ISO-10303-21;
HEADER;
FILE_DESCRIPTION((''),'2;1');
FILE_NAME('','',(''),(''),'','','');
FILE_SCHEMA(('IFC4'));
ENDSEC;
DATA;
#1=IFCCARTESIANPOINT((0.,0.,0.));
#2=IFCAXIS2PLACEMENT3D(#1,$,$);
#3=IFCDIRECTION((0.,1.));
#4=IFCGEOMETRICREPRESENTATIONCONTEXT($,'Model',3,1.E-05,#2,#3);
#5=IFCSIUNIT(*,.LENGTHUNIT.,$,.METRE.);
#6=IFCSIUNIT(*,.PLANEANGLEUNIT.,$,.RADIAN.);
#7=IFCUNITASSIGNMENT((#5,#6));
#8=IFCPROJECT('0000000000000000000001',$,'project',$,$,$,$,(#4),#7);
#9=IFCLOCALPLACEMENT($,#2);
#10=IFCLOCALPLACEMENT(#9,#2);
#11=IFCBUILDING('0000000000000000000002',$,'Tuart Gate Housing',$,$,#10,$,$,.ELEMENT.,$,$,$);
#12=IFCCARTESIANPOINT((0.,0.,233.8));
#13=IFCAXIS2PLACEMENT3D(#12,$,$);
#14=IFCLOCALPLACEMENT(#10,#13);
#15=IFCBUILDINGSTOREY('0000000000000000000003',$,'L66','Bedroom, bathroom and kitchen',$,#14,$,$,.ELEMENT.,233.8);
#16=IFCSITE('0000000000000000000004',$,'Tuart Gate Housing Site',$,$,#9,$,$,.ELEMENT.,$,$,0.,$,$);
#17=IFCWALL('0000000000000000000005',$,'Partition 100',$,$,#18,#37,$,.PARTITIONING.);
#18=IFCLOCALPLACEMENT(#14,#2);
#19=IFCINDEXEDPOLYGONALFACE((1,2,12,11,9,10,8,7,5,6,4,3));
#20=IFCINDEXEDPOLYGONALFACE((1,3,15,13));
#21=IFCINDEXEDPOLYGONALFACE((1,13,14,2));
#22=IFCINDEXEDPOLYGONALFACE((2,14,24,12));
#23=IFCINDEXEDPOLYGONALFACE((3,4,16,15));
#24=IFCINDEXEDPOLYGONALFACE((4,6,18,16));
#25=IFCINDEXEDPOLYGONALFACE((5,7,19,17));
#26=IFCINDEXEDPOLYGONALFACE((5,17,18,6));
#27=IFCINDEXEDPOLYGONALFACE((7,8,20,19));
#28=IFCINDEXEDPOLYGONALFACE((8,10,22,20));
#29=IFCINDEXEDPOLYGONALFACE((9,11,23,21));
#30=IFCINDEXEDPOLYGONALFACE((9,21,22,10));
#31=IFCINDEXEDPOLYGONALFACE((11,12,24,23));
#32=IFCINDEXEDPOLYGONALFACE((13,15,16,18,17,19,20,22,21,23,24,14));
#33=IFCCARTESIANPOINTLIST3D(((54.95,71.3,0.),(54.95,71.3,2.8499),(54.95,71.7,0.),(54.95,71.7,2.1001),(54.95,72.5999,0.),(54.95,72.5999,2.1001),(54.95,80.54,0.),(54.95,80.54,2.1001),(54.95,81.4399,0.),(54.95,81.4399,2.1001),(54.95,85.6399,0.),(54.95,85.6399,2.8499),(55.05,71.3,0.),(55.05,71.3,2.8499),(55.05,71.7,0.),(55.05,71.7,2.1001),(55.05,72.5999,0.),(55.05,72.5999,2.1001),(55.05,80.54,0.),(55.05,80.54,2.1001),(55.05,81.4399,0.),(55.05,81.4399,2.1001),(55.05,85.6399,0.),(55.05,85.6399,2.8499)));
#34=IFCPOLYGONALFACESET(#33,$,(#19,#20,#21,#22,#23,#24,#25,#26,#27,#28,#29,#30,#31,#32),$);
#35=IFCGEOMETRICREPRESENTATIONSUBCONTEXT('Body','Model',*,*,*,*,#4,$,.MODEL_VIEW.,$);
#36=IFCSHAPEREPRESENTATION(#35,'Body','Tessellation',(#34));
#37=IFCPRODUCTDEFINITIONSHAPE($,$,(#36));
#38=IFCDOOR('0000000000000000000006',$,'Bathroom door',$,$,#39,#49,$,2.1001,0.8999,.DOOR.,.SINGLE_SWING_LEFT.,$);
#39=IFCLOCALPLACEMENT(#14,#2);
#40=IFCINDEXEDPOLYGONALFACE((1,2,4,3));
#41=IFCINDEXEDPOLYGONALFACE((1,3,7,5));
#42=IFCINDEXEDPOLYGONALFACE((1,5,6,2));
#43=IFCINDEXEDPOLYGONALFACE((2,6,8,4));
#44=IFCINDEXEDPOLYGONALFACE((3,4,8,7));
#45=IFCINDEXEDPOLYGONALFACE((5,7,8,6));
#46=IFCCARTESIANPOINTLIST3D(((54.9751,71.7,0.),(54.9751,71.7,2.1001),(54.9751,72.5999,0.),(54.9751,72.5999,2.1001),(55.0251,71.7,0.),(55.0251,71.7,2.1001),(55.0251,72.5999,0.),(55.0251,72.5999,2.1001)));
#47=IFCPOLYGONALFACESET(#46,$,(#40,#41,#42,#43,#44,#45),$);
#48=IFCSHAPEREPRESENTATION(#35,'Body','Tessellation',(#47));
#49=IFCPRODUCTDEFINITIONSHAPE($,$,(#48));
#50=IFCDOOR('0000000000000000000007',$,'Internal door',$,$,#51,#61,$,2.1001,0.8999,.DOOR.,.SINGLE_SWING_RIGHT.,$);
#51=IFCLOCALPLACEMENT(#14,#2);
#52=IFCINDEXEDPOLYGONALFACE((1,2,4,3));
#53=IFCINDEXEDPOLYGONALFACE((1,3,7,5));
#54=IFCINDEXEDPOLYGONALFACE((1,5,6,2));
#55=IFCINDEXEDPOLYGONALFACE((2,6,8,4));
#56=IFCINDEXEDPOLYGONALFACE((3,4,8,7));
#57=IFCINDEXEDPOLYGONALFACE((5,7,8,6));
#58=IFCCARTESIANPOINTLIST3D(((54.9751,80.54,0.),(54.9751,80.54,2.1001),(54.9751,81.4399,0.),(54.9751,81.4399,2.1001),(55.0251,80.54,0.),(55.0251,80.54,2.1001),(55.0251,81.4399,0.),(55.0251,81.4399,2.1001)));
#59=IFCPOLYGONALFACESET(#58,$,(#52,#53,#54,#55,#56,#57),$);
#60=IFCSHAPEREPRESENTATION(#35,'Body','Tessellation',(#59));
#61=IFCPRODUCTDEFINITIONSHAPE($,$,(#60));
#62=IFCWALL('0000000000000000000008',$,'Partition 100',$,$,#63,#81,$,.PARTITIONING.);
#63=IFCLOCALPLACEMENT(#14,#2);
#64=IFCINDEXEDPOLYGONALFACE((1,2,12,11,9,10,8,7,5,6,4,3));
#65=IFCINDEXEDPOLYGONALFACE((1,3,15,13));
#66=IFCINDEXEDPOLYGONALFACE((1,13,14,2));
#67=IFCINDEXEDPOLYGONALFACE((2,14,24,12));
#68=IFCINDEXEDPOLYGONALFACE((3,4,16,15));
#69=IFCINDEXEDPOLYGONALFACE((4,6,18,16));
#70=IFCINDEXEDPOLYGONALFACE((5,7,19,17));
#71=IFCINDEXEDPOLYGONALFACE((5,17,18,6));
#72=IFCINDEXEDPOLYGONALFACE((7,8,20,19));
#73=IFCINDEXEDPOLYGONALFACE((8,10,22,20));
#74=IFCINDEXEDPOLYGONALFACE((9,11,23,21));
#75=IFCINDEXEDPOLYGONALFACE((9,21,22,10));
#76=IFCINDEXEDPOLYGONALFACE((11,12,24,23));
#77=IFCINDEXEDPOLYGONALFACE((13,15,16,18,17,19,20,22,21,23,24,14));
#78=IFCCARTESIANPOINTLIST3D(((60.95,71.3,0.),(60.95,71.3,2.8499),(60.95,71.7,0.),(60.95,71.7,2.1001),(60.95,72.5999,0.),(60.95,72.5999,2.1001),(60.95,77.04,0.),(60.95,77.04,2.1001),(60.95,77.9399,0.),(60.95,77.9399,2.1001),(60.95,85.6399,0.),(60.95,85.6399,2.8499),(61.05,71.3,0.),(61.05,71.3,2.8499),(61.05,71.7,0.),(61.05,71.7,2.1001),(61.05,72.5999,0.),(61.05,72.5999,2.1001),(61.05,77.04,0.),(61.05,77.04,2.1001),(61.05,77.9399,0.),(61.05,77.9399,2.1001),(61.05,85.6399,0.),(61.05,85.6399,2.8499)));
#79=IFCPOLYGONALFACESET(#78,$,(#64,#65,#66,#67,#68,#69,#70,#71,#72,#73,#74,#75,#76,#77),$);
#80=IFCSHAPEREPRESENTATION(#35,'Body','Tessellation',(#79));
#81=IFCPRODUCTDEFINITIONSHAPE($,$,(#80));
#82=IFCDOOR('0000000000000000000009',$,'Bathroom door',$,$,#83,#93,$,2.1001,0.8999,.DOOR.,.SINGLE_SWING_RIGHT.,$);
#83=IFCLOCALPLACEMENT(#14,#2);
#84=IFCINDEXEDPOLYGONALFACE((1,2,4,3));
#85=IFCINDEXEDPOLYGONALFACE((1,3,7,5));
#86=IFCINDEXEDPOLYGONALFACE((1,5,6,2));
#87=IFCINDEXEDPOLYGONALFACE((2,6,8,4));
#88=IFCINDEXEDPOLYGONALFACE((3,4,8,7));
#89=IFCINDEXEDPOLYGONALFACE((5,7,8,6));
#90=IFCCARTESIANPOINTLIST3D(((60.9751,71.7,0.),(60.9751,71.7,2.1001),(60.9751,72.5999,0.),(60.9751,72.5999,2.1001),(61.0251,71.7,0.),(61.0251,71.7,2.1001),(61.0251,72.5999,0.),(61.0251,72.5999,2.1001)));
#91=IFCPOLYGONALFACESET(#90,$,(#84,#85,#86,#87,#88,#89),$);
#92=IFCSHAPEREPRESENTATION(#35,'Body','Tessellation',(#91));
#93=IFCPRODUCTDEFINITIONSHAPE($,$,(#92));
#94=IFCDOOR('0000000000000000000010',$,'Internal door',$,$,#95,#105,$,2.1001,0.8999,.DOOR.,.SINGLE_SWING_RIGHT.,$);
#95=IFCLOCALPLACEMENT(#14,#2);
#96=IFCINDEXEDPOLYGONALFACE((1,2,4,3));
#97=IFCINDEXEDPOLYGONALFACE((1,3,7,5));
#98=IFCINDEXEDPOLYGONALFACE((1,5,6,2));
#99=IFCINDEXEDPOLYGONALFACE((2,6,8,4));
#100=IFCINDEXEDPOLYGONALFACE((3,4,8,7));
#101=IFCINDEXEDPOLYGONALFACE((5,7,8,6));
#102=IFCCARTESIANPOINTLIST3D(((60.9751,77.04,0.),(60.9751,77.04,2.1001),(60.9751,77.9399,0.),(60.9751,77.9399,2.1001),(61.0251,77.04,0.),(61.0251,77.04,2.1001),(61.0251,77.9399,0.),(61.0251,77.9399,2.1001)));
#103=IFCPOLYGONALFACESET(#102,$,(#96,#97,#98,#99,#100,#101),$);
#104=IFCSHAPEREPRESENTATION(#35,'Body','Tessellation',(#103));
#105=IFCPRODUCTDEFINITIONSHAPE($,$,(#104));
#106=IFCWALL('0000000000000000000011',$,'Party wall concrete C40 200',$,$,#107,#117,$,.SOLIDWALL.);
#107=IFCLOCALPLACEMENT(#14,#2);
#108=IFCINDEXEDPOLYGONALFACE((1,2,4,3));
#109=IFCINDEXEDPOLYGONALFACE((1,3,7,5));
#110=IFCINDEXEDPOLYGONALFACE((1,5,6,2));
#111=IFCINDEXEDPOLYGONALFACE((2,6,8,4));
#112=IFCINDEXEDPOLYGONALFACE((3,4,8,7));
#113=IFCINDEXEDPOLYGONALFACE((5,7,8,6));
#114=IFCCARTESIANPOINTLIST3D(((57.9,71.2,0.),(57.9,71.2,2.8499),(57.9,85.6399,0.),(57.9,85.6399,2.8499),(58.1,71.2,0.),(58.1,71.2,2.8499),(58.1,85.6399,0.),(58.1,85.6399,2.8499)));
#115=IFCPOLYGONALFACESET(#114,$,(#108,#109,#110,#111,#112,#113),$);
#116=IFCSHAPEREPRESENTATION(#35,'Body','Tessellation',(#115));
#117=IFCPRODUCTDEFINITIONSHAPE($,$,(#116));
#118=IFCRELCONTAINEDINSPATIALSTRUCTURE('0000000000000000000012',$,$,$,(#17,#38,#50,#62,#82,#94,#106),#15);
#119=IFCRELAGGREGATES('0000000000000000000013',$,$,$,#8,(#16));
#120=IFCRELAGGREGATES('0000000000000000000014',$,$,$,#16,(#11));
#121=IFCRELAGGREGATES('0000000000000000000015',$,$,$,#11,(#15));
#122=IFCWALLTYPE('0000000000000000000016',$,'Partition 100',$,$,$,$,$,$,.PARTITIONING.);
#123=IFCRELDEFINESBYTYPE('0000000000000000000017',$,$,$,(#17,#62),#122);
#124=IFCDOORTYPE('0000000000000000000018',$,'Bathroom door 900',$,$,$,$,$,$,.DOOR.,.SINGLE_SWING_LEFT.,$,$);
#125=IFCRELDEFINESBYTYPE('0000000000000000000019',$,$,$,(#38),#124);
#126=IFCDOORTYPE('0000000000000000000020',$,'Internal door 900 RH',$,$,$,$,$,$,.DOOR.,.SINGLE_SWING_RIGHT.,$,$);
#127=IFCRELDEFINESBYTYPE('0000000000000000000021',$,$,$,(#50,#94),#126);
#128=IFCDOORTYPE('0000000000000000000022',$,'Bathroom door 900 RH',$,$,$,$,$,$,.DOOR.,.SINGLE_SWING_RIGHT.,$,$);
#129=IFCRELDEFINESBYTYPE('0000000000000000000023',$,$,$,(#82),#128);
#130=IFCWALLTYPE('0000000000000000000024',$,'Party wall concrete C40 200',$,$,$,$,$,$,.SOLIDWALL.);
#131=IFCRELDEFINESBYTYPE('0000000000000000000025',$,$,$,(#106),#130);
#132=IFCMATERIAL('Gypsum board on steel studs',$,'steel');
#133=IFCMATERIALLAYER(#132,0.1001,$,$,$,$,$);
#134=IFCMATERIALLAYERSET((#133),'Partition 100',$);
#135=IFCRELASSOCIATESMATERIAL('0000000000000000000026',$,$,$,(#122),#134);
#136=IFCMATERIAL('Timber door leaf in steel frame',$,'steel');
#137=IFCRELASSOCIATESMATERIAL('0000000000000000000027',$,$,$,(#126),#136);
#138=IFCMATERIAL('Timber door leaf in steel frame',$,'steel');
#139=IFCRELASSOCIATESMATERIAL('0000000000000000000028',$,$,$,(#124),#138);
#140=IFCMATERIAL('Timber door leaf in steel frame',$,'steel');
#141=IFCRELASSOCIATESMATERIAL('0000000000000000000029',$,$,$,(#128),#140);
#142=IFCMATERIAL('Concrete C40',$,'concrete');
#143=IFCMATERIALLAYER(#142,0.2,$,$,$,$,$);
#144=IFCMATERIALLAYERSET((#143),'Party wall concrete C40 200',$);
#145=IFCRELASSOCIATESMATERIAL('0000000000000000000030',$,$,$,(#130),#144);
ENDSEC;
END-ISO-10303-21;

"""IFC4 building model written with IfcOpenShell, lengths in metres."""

from ifc_helpers import new_model, si_unit, direction, frame, frame_2d, origin, place, context, subcontext, project, spatial, rectangle, extrude, material, layer, layer_set, type_object, element, fill, save


model = new_model("IFC4")

# Units and contexts
model_context = context("Model", 3, precision=1e-05, world=origin(), true_north=direction((0.0, 1.0)))
body_context = subcontext(model_context, "Body", "Model", "MODEL_VIEW")
ifc_project = project(units=[si_unit("LENGTHUNIT", "METRE"), si_unit("PLANEANGLEUNIT", "RADIAN")], contexts=[model_context])

# Site, building, storey
site_placement = place(None, origin())
site = spatial("IfcSite", under=ifc_project, at=site_placement, Name="Tuart Gate Housing Site", CompositionType="ELEMENT", RefElevation=0.0)
building_placement = place(site_placement, origin())
building = spatial("IfcBuilding", under=site, at=building_placement, Name="Tuart Gate Housing", CompositionType="ELEMENT")
storey_placement = place(building_placement, frame((0.0, 0.0, 233.8)))
storey = spatial("IfcBuildingStorey", under=building, at=storey_placement, Name="L66", Description="Bedroom, bathroom and kitchen", CompositionType="ELEMENT", Elevation=233.8)

# Shared definitions
ifc_material_1 = material(Name="Gypsum board on steel studs", Category="steel")
ifc_layer_1 = layer(ifc_material_1, 0.1001)
ifc_layer_set_1 = layer_set([ifc_layer_1], Name="Partition 100")
wall_type_1 = type_object("IfcWallType", Name="Partition 100", PredefinedType="PARTITIONING", material=ifc_layer_set_1)

# Shared definitions
ifc_material_2 = material(Name="Timber door leaf in steel frame", Category="steel")
door_type_1 = type_object("IfcDoorType", Name="Internal door 900 RH", OperationType="SINGLE_SWING_RIGHT", PredefinedType="DOOR", material=ifc_material_2)

# Walls, openings, doors
wall_1_placement = place(storey_placement, frame((55.0, 71.3, 0.0), z_axis=(0.0, 0.0, 1.0), x_axis=(0.0, 1.0, 0.0)))
wall_1 = element("IfcWall", 1, at=wall_1_placement, inside=storey, type_object=wall_type_1, Name="Partition 100", PredefinedType="PARTITIONING", context=body_context, shape_type="SweptSolid", body=[
    extrude(rectangle(XDim=14.3398, YDim=0.1001, at=frame_2d((7.1699, 0.0))), origin(), (0.0, 0.0, 1.0), 2.8499),
])
opening_1_placement = place(wall_1_placement, frame((9.24, 0.0, 0.0)))
opening_1 = element("IfcOpeningElement", 2, at=opening_1_placement, cuts=wall_1, PredefinedType="OPENING", context=body_context, shape_type="SweptSolid", body=[
    extrude(rectangle(XDim=0.8999, YDim=2.1001, at=frame_2d((0.45, 1.05))), frame((0.0, 0.0601, 0.0), z_axis=(0.0, -1.0, 0.0), x_axis=(1.0, 0.0, 0.0)), (0.0, 0.0, 1.0), 0.1201),
])
opening_2_placement = place(wall_1_placement, frame((0.3999, 0.0, 0.0)))
opening_2 = element("IfcOpeningElement", 3, at=opening_2_placement, cuts=wall_1, PredefinedType="OPENING", context=body_context, shape_type="SweptSolid", body=[
    extrude(rectangle(XDim=0.8999, YDim=2.1001, at=frame_2d((0.45, 1.05))), frame((0.0, 0.0601, 0.0), z_axis=(0.0, -1.0, 0.0), x_axis=(1.0, 0.0, 0.0)), (0.0, 0.0, 1.0), 0.1201),
])
ifc_material_3 = material(Name="Timber door leaf in steel frame", Category="steel")
door_type_2 = type_object("IfcDoorType", Name="Bathroom door 900", OperationType="SINGLE_SWING_LEFT", PredefinedType="DOOR", material=ifc_material_3)
door_1_placement = place(opening_2_placement, origin())
door_1 = element("IfcDoor", 4, at=door_1_placement, inside=storey, type_object=door_type_2, Name="Bathroom door", OperationType="SINGLE_SWING_LEFT", OverallHeight=2.1001, OverallWidth=0.8999, PredefinedType="DOOR", context=body_context, shape_type="SweptSolid", body=[
    extrude(rectangle(XDim=0.8999, YDim=2.1001, at=frame_2d((0.45, 1.05))), frame((0.0, 0.0249, 0.0), z_axis=(0.0, -1.0, 0.0), x_axis=(1.0, 0.0, 0.0)), (0.0, 0.0, 1.0), 0.05),
])
fill(opening_2, door_1)
door_2_placement = place(opening_1_placement, origin())
door_2 = element("IfcDoor", 5, at=door_2_placement, inside=storey, type_object=door_type_1, Name="Internal door", OperationType="SINGLE_SWING_RIGHT", OverallHeight=2.1001, OverallWidth=0.8999, PredefinedType="DOOR", context=body_context, shape_type="SweptSolid", body=[
    extrude(rectangle(XDim=0.8999, YDim=2.1001, at=frame_2d((0.45, 1.05))), frame((0.0, 0.0249, 0.0), z_axis=(0.0, -1.0, 0.0), x_axis=(1.0, 0.0, 0.0)), (0.0, 0.0, 1.0), 0.05),
])
fill(opening_1, door_2)
wall_2_placement = place(storey_placement, frame((61.0, 71.3, 0.0), z_axis=(0.0, 0.0, 1.0), x_axis=(0.0, 1.0, 0.0)))
wall_2 = element("IfcWall", 6, at=wall_2_placement, inside=storey, type_object=wall_type_1, Name="Partition 100", PredefinedType="PARTITIONING", context=body_context, shape_type="SweptSolid", body=[
    extrude(rectangle(XDim=14.3398, YDim=0.1001, at=frame_2d((7.1699, 0.0))), origin(), (0.0, 0.0, 1.0), 2.8499),
])
opening_3_placement = place(wall_2_placement, frame((5.74, 0.0, 0.0)))
opening_3 = element("IfcOpeningElement", 7, at=opening_3_placement, cuts=wall_2, PredefinedType="OPENING", context=body_context, shape_type="SweptSolid", body=[
    extrude(rectangle(XDim=0.8999, YDim=2.1001, at=frame_2d((0.45, 1.05))), frame((0.0, 0.0601, 0.0), z_axis=(0.0, -1.0, 0.0), x_axis=(1.0, 0.0, 0.0)), (0.0, 0.0, 1.0), 0.1201),
])
opening_4_placement = place(wall_2_placement, frame((0.3999, 0.0, 0.0)))
opening_4 = element("IfcOpeningElement", 8, at=opening_4_placement, cuts=wall_2, PredefinedType="OPENING", context=body_context, shape_type="SweptSolid", body=[
    extrude(rectangle(XDim=0.8999, YDim=2.1001, at=frame_2d((0.45, 1.05))), frame((0.0, 0.0601, 0.0), z_axis=(0.0, -1.0, 0.0), x_axis=(1.0, 0.0, 0.0)), (0.0, 0.0, 1.0), 0.1201),
])
ifc_material_4 = material(Name="Timber door leaf in steel frame", Category="steel")
door_type_3 = type_object("IfcDoorType", Name="Bathroom door 900 RH", OperationType="SINGLE_SWING_RIGHT", PredefinedType="DOOR", material=ifc_material_4)
door_3_placement = place(opening_4_placement, frame((0.8999, 0.0, 0.0), z_axis=(0.0, 0.0, 1.0), x_axis=(-1.0, 0.0, 0.0)))
door_3 = element("IfcDoor", 9, at=door_3_placement, inside=storey, type_object=door_type_3, Name="Bathroom door", OperationType="SINGLE_SWING_RIGHT", OverallHeight=2.1001, OverallWidth=0.8999, PredefinedType="DOOR", context=body_context, shape_type="SweptSolid", body=[
    extrude(rectangle(XDim=0.8999, YDim=2.1001, at=frame_2d((0.45, 1.05))), frame((0.0, 0.0251, 0.0), z_axis=(0.0, -1.0, 0.0), x_axis=(1.0, 0.0, 0.0)), (0.0, 0.0, 1.0), 0.05),
])
fill(opening_4, door_3)
door_4_placement = place(opening_3_placement, frame((0.8999, 0.0, 0.0), z_axis=(0.0, 0.0, 1.0), x_axis=(-1.0, 0.0, 0.0)))
door_4 = element("IfcDoor", 10, at=door_4_placement, inside=storey, type_object=door_type_1, Name="Internal door", OperationType="SINGLE_SWING_RIGHT", OverallHeight=2.1001, OverallWidth=0.8999, PredefinedType="DOOR", context=body_context, shape_type="SweptSolid", body=[
    extrude(rectangle(XDim=0.8999, YDim=2.1001, at=frame_2d((0.45, 1.05))), frame((0.0, 0.0251, 0.0), z_axis=(0.0, -1.0, 0.0), x_axis=(1.0, 0.0, 0.0)), (0.0, 0.0, 1.0), 0.05),
])
fill(opening_3, door_4)

# Wall
ifc_material_5 = material(Name="Concrete C40", Category="concrete")
ifc_layer_2 = layer(ifc_material_5, 0.2)
ifc_layer_set_2 = layer_set([ifc_layer_2], Name="Party wall concrete C40 200")
wall_type_2 = type_object("IfcWallType", Name="Party wall concrete C40 200", PredefinedType="SOLIDWALL", material=ifc_layer_set_2)
wall_3_placement = place(storey_placement, frame((58.0, 71.2, 0.0), z_axis=(0.0, 0.0, 1.0), x_axis=(0.0, 1.0, 0.0)))
element("IfcWall", 11, at=wall_3_placement, inside=storey, type_object=wall_type_2, Name="Party wall concrete C40 200", PredefinedType="SOLIDWALL", context=body_context, shape_type="SweptSolid", body=[
    extrude(rectangle(XDim=14.4399, YDim=0.2, at=frame_2d((7.22, 0.0))), origin(), (0.0, 0.0, 1.0), 2.8499),
])

save(model, "model.ifc")
